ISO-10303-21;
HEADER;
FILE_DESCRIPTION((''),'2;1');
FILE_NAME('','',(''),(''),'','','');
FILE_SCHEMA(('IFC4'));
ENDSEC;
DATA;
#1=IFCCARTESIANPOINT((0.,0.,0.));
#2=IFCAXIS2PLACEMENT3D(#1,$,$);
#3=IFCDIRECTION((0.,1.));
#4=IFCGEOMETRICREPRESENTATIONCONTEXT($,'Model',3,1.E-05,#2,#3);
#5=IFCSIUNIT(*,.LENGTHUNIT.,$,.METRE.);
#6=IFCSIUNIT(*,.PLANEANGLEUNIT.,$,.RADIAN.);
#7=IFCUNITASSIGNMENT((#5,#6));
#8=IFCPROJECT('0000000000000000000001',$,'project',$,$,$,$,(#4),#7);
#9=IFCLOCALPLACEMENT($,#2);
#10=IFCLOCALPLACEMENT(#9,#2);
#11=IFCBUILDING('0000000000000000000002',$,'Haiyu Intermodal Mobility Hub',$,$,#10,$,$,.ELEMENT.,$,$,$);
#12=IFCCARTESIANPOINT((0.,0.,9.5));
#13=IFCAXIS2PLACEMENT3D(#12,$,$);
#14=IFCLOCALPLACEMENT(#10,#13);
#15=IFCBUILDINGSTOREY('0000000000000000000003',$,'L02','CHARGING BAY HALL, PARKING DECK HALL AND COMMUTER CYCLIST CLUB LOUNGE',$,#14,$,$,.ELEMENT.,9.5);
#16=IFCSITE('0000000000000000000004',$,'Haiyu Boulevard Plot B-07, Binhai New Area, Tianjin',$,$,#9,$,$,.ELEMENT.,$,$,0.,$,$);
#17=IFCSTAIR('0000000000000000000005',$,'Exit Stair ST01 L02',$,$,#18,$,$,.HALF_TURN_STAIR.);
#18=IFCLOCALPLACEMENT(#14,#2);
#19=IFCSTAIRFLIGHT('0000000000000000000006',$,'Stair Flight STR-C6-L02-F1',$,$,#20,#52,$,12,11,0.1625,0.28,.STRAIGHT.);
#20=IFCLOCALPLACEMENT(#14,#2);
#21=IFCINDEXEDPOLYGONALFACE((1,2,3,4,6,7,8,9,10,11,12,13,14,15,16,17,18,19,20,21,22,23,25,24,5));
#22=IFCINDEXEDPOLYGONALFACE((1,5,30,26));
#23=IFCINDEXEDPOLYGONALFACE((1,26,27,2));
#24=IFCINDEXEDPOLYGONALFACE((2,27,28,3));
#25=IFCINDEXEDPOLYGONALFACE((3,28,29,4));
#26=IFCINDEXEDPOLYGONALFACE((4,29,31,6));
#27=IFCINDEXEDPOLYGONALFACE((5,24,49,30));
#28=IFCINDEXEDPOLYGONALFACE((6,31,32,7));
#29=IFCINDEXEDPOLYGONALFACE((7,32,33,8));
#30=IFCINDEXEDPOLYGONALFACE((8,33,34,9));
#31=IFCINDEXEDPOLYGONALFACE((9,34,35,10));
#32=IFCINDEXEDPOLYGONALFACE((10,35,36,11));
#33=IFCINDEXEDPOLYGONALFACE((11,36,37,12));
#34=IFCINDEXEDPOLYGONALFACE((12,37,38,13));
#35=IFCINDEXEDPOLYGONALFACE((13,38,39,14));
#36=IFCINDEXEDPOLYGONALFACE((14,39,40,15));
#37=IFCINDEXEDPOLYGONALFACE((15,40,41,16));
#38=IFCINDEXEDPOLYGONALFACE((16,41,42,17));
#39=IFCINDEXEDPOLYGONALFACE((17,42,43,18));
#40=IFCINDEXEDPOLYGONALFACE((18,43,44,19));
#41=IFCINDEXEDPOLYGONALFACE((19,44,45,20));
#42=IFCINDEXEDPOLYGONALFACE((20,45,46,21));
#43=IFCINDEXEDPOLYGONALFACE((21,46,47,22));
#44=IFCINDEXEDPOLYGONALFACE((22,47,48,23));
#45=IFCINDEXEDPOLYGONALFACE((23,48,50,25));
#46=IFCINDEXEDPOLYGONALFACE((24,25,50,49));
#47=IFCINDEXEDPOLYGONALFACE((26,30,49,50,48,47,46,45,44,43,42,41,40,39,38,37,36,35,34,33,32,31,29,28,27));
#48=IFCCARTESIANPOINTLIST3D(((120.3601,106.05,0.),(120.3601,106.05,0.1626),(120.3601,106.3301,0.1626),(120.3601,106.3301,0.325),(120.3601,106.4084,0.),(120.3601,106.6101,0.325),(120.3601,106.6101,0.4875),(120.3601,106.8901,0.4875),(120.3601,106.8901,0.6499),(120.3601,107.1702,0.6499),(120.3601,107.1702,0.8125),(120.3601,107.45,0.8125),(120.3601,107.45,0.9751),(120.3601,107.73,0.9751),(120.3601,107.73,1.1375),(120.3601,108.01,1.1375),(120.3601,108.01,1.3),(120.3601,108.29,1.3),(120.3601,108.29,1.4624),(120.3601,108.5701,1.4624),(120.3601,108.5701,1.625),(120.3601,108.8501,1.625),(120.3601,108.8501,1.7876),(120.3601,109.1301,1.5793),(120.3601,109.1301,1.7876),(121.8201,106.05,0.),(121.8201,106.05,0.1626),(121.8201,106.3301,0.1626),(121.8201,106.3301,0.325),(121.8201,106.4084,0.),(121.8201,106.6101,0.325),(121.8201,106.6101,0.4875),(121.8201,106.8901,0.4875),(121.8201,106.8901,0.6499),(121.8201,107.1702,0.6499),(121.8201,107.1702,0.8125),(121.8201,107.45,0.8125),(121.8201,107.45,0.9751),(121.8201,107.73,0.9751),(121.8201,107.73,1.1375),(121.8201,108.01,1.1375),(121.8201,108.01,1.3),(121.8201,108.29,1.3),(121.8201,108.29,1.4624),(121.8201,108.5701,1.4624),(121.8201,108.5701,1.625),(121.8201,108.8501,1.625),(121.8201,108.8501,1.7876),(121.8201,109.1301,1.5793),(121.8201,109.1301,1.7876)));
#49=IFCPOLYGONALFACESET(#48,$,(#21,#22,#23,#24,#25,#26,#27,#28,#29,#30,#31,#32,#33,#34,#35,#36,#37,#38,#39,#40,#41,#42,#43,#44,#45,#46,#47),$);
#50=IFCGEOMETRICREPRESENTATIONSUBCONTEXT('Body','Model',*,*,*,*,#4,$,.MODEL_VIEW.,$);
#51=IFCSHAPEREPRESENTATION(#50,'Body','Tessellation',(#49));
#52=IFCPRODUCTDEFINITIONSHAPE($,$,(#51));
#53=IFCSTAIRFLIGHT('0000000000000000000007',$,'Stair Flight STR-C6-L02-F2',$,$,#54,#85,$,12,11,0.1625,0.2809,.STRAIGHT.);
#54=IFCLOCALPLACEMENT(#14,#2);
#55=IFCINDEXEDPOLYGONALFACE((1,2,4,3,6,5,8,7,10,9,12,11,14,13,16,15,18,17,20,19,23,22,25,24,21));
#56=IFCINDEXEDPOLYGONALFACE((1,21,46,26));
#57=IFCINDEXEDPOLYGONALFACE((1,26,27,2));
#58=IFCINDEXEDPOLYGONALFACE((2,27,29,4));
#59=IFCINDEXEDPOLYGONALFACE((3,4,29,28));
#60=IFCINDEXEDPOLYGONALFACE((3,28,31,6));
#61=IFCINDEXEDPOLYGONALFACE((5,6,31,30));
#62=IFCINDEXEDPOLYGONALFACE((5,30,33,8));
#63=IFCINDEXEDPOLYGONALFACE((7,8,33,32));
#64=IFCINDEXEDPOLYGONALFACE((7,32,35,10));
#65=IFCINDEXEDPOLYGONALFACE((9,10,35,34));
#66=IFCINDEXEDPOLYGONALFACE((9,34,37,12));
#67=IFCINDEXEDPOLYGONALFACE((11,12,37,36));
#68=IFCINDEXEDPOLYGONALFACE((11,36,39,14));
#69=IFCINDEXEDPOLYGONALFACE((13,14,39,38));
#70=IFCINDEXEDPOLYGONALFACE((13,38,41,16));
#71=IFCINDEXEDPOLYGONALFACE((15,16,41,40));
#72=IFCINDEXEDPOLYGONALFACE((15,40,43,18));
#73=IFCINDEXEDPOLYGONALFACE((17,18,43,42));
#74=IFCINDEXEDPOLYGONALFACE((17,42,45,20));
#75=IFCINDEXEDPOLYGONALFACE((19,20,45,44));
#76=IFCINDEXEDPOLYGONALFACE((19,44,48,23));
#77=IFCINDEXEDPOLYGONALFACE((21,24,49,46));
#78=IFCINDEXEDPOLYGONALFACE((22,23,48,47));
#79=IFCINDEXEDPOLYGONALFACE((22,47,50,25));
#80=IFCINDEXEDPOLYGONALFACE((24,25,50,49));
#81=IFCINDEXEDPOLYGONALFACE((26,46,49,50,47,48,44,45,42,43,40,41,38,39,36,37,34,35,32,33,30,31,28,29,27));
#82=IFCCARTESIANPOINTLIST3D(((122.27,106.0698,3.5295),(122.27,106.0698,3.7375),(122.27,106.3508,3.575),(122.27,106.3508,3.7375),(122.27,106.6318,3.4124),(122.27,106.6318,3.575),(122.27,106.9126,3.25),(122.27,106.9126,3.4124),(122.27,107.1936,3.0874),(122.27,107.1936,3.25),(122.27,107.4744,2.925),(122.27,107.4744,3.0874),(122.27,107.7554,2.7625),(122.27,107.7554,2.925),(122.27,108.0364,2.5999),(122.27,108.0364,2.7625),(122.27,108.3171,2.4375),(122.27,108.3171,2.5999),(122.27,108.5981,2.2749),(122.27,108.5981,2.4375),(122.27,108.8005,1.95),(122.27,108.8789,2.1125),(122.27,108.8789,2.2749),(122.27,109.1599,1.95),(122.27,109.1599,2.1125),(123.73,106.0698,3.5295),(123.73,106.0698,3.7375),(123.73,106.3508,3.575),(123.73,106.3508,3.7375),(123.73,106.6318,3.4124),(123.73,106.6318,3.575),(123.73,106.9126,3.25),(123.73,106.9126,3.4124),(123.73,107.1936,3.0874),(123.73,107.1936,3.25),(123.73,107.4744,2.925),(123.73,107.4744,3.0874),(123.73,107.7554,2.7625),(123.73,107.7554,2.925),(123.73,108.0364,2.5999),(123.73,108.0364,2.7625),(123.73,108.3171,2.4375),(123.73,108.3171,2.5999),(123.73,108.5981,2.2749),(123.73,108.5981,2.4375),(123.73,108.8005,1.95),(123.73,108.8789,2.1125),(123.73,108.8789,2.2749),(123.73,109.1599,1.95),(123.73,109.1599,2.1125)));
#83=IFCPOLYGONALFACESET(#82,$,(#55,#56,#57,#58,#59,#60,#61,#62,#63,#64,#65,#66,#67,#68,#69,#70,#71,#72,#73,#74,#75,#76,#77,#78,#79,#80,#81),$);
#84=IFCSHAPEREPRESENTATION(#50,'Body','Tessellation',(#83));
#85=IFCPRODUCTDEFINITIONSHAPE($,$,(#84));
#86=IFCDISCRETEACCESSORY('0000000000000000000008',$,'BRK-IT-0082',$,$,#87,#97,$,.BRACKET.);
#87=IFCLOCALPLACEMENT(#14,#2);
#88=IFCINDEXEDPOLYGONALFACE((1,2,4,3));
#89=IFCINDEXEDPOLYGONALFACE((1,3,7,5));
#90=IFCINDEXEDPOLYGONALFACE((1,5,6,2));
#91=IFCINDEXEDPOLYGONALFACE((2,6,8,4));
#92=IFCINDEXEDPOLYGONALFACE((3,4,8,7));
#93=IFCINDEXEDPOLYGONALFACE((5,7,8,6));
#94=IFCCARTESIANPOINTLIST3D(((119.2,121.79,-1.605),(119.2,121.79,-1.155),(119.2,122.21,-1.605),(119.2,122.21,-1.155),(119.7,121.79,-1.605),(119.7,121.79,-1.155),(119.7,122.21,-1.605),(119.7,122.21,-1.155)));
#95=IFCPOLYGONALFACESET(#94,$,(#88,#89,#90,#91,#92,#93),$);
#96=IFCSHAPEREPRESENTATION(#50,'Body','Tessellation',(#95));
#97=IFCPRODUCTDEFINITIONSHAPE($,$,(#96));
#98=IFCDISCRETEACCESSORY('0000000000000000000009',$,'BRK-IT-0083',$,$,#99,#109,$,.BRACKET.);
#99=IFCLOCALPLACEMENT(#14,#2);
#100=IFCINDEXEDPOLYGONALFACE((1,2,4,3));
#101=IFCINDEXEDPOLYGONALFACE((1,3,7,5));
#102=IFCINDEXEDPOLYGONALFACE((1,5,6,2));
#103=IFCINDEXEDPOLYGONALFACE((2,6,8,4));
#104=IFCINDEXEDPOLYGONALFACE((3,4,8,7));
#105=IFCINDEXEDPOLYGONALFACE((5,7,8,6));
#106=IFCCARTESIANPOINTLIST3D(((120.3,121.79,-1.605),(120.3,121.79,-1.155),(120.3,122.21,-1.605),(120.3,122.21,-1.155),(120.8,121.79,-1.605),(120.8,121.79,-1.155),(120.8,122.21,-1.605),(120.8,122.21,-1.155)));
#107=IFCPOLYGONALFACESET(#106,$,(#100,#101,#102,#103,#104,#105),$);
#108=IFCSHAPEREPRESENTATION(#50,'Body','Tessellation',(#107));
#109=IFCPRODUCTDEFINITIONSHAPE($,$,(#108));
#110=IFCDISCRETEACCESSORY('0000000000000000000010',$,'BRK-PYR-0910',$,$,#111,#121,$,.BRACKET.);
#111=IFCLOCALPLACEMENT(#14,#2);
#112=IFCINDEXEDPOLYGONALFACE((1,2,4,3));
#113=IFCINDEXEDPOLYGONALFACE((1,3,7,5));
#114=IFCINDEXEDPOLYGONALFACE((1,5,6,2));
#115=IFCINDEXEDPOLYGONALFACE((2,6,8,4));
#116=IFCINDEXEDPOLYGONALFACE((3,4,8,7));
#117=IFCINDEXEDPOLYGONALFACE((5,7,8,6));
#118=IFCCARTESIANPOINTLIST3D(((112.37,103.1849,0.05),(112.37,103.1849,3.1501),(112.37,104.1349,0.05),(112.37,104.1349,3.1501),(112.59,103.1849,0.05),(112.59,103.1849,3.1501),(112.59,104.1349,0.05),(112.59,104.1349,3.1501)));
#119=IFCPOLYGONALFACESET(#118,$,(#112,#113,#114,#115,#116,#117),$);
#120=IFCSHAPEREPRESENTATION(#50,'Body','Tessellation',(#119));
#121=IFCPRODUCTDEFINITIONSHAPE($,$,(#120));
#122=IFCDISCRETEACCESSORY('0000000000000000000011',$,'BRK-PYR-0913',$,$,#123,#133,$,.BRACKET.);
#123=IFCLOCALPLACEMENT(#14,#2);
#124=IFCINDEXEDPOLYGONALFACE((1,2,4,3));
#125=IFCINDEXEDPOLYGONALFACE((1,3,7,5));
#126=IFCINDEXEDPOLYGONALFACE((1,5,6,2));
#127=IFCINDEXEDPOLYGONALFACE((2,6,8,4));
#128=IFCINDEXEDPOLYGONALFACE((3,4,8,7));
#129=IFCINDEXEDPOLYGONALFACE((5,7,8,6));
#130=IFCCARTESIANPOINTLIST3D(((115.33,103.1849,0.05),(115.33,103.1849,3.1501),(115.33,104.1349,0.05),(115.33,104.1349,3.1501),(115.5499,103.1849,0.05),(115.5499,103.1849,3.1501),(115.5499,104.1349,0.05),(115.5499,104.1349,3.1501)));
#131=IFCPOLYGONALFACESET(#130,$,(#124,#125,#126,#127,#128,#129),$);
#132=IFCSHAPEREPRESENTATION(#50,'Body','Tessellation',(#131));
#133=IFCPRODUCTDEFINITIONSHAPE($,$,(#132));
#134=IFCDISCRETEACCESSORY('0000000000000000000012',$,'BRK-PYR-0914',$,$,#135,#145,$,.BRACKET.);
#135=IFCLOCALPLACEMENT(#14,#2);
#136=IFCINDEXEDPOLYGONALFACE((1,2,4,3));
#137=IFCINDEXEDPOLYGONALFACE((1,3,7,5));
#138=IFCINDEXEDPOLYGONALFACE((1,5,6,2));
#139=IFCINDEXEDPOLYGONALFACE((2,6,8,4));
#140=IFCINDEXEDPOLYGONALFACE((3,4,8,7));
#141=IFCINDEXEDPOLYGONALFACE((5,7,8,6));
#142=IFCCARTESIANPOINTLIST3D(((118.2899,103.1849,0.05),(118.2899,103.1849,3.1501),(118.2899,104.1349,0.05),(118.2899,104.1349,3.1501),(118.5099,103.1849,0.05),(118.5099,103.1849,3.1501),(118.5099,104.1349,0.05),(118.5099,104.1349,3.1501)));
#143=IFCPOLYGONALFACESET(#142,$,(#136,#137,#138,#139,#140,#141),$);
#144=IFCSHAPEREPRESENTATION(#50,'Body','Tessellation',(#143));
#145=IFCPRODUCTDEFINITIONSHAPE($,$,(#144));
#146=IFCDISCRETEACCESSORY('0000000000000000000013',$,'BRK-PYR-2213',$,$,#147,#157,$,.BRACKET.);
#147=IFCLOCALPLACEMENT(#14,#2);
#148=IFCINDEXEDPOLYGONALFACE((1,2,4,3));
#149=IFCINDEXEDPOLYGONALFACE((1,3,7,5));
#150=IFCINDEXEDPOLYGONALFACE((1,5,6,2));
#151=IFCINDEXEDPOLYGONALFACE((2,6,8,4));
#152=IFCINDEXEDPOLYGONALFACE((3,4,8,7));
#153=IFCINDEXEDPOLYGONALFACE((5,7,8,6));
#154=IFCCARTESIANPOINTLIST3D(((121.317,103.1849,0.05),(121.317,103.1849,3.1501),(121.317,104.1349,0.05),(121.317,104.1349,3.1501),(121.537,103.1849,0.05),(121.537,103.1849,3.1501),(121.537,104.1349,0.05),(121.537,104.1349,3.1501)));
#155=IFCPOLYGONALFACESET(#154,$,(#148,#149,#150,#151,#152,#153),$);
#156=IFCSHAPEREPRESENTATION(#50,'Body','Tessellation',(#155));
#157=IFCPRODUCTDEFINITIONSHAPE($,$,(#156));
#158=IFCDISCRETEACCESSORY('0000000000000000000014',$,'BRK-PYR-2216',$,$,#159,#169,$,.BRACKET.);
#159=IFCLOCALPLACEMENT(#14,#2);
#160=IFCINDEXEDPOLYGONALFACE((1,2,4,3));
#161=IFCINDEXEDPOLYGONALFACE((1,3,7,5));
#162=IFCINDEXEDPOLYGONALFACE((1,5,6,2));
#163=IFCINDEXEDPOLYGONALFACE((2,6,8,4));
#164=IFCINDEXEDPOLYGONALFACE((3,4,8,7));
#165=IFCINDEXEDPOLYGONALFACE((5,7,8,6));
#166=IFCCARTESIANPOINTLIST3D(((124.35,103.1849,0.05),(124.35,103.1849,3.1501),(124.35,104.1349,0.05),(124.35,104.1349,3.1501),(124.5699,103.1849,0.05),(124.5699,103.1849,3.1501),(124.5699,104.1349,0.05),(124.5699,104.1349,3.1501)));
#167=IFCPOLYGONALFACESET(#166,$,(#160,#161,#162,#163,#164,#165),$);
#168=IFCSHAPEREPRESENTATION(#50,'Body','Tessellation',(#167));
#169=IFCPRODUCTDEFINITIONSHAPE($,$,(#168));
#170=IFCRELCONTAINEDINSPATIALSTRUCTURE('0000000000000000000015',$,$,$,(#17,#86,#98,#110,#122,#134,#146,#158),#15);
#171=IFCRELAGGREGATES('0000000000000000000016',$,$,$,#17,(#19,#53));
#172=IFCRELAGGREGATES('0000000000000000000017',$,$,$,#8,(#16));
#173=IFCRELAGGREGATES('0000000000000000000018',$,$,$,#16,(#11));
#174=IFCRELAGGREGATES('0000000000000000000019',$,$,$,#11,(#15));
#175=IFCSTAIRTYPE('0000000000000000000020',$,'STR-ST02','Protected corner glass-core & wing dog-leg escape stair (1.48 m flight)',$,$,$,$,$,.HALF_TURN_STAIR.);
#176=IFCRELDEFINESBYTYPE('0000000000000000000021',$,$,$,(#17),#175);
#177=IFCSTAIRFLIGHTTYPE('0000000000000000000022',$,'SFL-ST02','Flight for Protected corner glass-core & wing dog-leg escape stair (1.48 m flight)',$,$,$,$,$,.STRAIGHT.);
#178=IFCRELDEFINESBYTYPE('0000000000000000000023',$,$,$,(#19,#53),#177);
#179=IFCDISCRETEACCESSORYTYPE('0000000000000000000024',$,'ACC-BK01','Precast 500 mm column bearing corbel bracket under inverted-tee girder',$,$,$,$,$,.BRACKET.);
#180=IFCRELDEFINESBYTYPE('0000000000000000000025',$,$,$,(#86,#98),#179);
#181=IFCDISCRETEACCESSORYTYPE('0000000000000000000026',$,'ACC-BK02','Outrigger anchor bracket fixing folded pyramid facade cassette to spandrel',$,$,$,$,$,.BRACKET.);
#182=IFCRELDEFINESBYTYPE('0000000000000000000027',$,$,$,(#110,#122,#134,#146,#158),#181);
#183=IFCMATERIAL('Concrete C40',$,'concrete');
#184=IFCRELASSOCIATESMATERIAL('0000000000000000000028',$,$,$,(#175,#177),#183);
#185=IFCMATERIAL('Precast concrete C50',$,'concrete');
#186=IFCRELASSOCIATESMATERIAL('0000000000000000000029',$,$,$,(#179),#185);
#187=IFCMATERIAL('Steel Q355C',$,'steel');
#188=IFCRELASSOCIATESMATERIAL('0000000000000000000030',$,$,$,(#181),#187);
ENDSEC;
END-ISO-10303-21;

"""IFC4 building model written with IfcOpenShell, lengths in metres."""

from ifc_helpers import new_model, si_unit, direction, frame, origin, origin_2d, place, context, subcontext, project, spatial, polyline, rectangle, outline, extrude, material, type_object, element, aggregate, save


model = new_model("IFC4")

# Units and contexts
model_context = context("Model", 3, precision=1e-05, world=origin(), true_north=direction((0.0, 1.0)))
body_context = subcontext(model_context, "Body", "Model", "MODEL_VIEW")
ifc_project = project(units=[si_unit("LENGTHUNIT", "METRE"), si_unit("PLANEANGLEUNIT", "RADIAN")], contexts=[model_context])

# Site, building, storey
site_placement = place(None, origin())
site = spatial("IfcSite", under=ifc_project, at=site_placement, Name="Haiyu Boulevard Plot B-07, Binhai New Area, Tianjin", CompositionType="ELEMENT", RefElevation=0.0)
building_placement = place(site_placement, origin())
building = spatial("IfcBuilding", under=site, at=building_placement, Name="Haiyu Intermodal Mobility Hub", CompositionType="ELEMENT")
storey_placement = place(building_placement, frame((0.0, 0.0, 9.5)))
storey = spatial("IfcBuildingStorey", under=building, at=storey_placement, Name="L02", Description="CHARGING BAY HALL, PARKING DECK HALL AND COMMUTER CYCLIST CLUB LOUNGE", CompositionType="ELEMENT", Elevation=9.5)

# Shared definitions
ifc_material_1 = material(Name="Concrete C40", Category="concrete")
ifc_material_2 = material(Name="Precast concrete C50", Category="concrete")
ifc_material_3 = material(Name="Steel Q355C", Category="steel")

# Stair, stair flights
stair_type = type_object("IfcStairType", Name="STR-ST02", Description="Protected corner glass-core & wing dog-leg escape stair (1.48 m flight)", PredefinedType="HALF_TURN_STAIR", material=ifc_material_1)
stair_placement = place(storey_placement, origin())
stair = element("IfcStair", 1, at=stair_placement, inside=storey, type_object=stair_type, Name="Exit Stair ST01 L02", PredefinedType="HALF_TURN_STAIR")
stair_flight_type = type_object("IfcStairFlightType", Name="SFL-ST02", Description="Flight for Protected corner glass-core & wing dog-leg escape stair (1.48 m flight)", PredefinedType="STRAIGHT", material=ifc_material_1)
stair_flight_1_placement = place(storey_placement, frame((121.0901, 106.05, 0.0), z_axis=(0.0, 0.0, 1.0), x_axis=(0.0, 1.0, 0.0)))
stair_flight_1 = element("IfcStairFlight", 2, at=stair_flight_1_placement, type_object=stair_flight_type, Name="Stair Flight STR-C6-L02-F1", NumberOfRisers=12, NumberOfTreads=11, PredefinedType="STRAIGHT", RiserHeight=0.1625, TreadLength=0.28, context=body_context, shape_type="SweptSolid", body=[
    extrude(outline(polyline([(0.0, 0.0), (0.0, 0.1626), (0.28, 0.1626), (0.28, 0.325), (0.5601, 0.325), (0.5601, 0.4875), (0.8401, 0.4875), (0.8401, 0.6499), (1.1201, 0.6499), (1.1201, 0.8125), (1.3999, 0.8125), (1.3999, 0.9751), (1.6799, 0.9751), (1.6799, 1.1375), (1.96, 1.1375), (1.96, 1.3), (2.24, 1.3), (2.24, 1.4624), (2.52, 1.4624), (2.52, 1.625), (2.8, 1.625), (2.8, 1.7876), (3.0801, 1.7876), (3.0801, 1.95), (3.0801, 1.5793), (0.3584, 0.0), (0.0, 0.0)])), frame((0.0, 0.73, 0.0), z_axis=(0.0, -1.0, 0.0), x_axis=(1.0, 0.0, 0.0)), (0.0, 0.0, 1.0), 1.46),
])
stair_flight_2_placement = place(storey_placement, frame((123.0, 109.1599, 1.95), z_axis=(0.0, 0.0, 1.0), x_axis=(0.0, -1.0, 0.0)))
stair_flight_2 = element("IfcStairFlight", 3, at=stair_flight_2_placement, type_object=stair_flight_type, Name="Stair Flight STR-C6-L02-F2", NumberOfRisers=12, NumberOfTreads=11, PredefinedType="STRAIGHT", RiserHeight=0.1625, TreadLength=0.2809, context=body_context, shape_type="SweptSolid", body=[
    extrude(outline(polyline([(0.0, 0.0), (0.0, 0.1626), (0.281, 0.1626), (0.281, 0.325), (0.5618, 0.325), (0.5618, 0.4875), (0.8428, 0.4875), (0.8428, 0.6499), (1.1235, 0.6499), (1.1235, 0.8125), (1.4045, 0.8125), (1.4045, 0.9751), (1.6855, 0.9751), (1.6855, 1.1375), (1.9663, 1.1375), (1.9663, 1.3), (2.2473, 1.3), (2.2473, 1.4624), (2.5281, 1.4624), (2.5281, 1.625), (2.8091, 1.625), (2.8091, 1.7876), (3.0901, 1.7876), (3.0901, 1.95), (3.0901, 1.5796), (0.3594, 0.0), (0.0, 0.0)])), frame((0.0, 0.73, 0.0), z_axis=(0.0, -1.0, 0.0), x_axis=(1.0, 0.0, 0.0)), (0.0, 0.0, 1.0), 1.46),
])
aggregate(stair, [stair_flight_1, stair_flight_2])

# Discrete accessories
discrete_accessory_type_1 = type_object("IfcDiscreteAccessoryType", Name="ACC-BK01", Description="Precast 500 mm column bearing corbel bracket under inverted-tee girder", PredefinedType="BRACKET", material=ifc_material_2)
for number, where, z_axis, x_axis, name in (
    (4, (119.45, 122.0, -1.605), (0.0, 0.0, 1.0), (1.0, 0.0, 0.0), "BRK-IT-0082"),
    (5, (120.55, 122.0, -1.605), (0.0, 0.0, 1.0), (1.0, 0.0, 0.0), "BRK-IT-0083"),
):
    element("IfcDiscreteAccessory", number, at=place(storey_placement, frame(where, z_axis=z_axis, x_axis=x_axis)), inside=storey, type_object=discrete_accessory_type_1, Name=name, PredefinedType="BRACKET", context=body_context, shape_type="SweptSolid", body=[
        extrude(rectangle(XDim=0.5, YDim=0.4199, at=origin_2d()), origin(), (0.0, 0.0, 1.0), 0.45),
    ])
discrete_accessory_type_2 = type_object("IfcDiscreteAccessoryType", Name="ACC-BK02", Description="Outrigger anchor bracket fixing folded pyramid facade cassette to spandrel", PredefinedType="BRACKET", material=ifc_material_3)
for number, where, z_axis, x_axis, name in (
    (6, (112.48, 103.6599, 0.05), (0.0, 0.0, 1.0), (1.0, 0.0, 0.0), "BRK-PYR-0910"),
    (7, (115.4399, 103.6599, 0.05), (0.0, 0.0, 1.0), (1.0, 0.0, 0.0), "BRK-PYR-0913"),
    (8, (118.3999, 103.6599, 0.05), (0.0, 0.0, 1.0), (1.0, 0.0, 0.0), "BRK-PYR-0914"),
    (9, (121.427, 103.6599, 0.05), (0.0, 0.0, 1.0), (1.0, 0.0, 0.0), "BRK-PYR-2213"),
    (10, (124.46, 103.6599, 0.05), (0.0, 0.0, 1.0), (1.0, 0.0, 0.0), "BRK-PYR-2216"),
):
    element("IfcDiscreteAccessory", number, at=place(storey_placement, frame(where, z_axis=z_axis, x_axis=x_axis)), inside=storey, type_object=discrete_accessory_type_2, Name=name, PredefinedType="BRACKET", context=body_context, shape_type="SweptSolid", body=[
        extrude(rectangle(XDim=0.22, YDim=0.95, at=origin_2d()), origin(), (0.0, 0.0, 1.0), 3.1001),
    ])

save(model, "model.ifc")
